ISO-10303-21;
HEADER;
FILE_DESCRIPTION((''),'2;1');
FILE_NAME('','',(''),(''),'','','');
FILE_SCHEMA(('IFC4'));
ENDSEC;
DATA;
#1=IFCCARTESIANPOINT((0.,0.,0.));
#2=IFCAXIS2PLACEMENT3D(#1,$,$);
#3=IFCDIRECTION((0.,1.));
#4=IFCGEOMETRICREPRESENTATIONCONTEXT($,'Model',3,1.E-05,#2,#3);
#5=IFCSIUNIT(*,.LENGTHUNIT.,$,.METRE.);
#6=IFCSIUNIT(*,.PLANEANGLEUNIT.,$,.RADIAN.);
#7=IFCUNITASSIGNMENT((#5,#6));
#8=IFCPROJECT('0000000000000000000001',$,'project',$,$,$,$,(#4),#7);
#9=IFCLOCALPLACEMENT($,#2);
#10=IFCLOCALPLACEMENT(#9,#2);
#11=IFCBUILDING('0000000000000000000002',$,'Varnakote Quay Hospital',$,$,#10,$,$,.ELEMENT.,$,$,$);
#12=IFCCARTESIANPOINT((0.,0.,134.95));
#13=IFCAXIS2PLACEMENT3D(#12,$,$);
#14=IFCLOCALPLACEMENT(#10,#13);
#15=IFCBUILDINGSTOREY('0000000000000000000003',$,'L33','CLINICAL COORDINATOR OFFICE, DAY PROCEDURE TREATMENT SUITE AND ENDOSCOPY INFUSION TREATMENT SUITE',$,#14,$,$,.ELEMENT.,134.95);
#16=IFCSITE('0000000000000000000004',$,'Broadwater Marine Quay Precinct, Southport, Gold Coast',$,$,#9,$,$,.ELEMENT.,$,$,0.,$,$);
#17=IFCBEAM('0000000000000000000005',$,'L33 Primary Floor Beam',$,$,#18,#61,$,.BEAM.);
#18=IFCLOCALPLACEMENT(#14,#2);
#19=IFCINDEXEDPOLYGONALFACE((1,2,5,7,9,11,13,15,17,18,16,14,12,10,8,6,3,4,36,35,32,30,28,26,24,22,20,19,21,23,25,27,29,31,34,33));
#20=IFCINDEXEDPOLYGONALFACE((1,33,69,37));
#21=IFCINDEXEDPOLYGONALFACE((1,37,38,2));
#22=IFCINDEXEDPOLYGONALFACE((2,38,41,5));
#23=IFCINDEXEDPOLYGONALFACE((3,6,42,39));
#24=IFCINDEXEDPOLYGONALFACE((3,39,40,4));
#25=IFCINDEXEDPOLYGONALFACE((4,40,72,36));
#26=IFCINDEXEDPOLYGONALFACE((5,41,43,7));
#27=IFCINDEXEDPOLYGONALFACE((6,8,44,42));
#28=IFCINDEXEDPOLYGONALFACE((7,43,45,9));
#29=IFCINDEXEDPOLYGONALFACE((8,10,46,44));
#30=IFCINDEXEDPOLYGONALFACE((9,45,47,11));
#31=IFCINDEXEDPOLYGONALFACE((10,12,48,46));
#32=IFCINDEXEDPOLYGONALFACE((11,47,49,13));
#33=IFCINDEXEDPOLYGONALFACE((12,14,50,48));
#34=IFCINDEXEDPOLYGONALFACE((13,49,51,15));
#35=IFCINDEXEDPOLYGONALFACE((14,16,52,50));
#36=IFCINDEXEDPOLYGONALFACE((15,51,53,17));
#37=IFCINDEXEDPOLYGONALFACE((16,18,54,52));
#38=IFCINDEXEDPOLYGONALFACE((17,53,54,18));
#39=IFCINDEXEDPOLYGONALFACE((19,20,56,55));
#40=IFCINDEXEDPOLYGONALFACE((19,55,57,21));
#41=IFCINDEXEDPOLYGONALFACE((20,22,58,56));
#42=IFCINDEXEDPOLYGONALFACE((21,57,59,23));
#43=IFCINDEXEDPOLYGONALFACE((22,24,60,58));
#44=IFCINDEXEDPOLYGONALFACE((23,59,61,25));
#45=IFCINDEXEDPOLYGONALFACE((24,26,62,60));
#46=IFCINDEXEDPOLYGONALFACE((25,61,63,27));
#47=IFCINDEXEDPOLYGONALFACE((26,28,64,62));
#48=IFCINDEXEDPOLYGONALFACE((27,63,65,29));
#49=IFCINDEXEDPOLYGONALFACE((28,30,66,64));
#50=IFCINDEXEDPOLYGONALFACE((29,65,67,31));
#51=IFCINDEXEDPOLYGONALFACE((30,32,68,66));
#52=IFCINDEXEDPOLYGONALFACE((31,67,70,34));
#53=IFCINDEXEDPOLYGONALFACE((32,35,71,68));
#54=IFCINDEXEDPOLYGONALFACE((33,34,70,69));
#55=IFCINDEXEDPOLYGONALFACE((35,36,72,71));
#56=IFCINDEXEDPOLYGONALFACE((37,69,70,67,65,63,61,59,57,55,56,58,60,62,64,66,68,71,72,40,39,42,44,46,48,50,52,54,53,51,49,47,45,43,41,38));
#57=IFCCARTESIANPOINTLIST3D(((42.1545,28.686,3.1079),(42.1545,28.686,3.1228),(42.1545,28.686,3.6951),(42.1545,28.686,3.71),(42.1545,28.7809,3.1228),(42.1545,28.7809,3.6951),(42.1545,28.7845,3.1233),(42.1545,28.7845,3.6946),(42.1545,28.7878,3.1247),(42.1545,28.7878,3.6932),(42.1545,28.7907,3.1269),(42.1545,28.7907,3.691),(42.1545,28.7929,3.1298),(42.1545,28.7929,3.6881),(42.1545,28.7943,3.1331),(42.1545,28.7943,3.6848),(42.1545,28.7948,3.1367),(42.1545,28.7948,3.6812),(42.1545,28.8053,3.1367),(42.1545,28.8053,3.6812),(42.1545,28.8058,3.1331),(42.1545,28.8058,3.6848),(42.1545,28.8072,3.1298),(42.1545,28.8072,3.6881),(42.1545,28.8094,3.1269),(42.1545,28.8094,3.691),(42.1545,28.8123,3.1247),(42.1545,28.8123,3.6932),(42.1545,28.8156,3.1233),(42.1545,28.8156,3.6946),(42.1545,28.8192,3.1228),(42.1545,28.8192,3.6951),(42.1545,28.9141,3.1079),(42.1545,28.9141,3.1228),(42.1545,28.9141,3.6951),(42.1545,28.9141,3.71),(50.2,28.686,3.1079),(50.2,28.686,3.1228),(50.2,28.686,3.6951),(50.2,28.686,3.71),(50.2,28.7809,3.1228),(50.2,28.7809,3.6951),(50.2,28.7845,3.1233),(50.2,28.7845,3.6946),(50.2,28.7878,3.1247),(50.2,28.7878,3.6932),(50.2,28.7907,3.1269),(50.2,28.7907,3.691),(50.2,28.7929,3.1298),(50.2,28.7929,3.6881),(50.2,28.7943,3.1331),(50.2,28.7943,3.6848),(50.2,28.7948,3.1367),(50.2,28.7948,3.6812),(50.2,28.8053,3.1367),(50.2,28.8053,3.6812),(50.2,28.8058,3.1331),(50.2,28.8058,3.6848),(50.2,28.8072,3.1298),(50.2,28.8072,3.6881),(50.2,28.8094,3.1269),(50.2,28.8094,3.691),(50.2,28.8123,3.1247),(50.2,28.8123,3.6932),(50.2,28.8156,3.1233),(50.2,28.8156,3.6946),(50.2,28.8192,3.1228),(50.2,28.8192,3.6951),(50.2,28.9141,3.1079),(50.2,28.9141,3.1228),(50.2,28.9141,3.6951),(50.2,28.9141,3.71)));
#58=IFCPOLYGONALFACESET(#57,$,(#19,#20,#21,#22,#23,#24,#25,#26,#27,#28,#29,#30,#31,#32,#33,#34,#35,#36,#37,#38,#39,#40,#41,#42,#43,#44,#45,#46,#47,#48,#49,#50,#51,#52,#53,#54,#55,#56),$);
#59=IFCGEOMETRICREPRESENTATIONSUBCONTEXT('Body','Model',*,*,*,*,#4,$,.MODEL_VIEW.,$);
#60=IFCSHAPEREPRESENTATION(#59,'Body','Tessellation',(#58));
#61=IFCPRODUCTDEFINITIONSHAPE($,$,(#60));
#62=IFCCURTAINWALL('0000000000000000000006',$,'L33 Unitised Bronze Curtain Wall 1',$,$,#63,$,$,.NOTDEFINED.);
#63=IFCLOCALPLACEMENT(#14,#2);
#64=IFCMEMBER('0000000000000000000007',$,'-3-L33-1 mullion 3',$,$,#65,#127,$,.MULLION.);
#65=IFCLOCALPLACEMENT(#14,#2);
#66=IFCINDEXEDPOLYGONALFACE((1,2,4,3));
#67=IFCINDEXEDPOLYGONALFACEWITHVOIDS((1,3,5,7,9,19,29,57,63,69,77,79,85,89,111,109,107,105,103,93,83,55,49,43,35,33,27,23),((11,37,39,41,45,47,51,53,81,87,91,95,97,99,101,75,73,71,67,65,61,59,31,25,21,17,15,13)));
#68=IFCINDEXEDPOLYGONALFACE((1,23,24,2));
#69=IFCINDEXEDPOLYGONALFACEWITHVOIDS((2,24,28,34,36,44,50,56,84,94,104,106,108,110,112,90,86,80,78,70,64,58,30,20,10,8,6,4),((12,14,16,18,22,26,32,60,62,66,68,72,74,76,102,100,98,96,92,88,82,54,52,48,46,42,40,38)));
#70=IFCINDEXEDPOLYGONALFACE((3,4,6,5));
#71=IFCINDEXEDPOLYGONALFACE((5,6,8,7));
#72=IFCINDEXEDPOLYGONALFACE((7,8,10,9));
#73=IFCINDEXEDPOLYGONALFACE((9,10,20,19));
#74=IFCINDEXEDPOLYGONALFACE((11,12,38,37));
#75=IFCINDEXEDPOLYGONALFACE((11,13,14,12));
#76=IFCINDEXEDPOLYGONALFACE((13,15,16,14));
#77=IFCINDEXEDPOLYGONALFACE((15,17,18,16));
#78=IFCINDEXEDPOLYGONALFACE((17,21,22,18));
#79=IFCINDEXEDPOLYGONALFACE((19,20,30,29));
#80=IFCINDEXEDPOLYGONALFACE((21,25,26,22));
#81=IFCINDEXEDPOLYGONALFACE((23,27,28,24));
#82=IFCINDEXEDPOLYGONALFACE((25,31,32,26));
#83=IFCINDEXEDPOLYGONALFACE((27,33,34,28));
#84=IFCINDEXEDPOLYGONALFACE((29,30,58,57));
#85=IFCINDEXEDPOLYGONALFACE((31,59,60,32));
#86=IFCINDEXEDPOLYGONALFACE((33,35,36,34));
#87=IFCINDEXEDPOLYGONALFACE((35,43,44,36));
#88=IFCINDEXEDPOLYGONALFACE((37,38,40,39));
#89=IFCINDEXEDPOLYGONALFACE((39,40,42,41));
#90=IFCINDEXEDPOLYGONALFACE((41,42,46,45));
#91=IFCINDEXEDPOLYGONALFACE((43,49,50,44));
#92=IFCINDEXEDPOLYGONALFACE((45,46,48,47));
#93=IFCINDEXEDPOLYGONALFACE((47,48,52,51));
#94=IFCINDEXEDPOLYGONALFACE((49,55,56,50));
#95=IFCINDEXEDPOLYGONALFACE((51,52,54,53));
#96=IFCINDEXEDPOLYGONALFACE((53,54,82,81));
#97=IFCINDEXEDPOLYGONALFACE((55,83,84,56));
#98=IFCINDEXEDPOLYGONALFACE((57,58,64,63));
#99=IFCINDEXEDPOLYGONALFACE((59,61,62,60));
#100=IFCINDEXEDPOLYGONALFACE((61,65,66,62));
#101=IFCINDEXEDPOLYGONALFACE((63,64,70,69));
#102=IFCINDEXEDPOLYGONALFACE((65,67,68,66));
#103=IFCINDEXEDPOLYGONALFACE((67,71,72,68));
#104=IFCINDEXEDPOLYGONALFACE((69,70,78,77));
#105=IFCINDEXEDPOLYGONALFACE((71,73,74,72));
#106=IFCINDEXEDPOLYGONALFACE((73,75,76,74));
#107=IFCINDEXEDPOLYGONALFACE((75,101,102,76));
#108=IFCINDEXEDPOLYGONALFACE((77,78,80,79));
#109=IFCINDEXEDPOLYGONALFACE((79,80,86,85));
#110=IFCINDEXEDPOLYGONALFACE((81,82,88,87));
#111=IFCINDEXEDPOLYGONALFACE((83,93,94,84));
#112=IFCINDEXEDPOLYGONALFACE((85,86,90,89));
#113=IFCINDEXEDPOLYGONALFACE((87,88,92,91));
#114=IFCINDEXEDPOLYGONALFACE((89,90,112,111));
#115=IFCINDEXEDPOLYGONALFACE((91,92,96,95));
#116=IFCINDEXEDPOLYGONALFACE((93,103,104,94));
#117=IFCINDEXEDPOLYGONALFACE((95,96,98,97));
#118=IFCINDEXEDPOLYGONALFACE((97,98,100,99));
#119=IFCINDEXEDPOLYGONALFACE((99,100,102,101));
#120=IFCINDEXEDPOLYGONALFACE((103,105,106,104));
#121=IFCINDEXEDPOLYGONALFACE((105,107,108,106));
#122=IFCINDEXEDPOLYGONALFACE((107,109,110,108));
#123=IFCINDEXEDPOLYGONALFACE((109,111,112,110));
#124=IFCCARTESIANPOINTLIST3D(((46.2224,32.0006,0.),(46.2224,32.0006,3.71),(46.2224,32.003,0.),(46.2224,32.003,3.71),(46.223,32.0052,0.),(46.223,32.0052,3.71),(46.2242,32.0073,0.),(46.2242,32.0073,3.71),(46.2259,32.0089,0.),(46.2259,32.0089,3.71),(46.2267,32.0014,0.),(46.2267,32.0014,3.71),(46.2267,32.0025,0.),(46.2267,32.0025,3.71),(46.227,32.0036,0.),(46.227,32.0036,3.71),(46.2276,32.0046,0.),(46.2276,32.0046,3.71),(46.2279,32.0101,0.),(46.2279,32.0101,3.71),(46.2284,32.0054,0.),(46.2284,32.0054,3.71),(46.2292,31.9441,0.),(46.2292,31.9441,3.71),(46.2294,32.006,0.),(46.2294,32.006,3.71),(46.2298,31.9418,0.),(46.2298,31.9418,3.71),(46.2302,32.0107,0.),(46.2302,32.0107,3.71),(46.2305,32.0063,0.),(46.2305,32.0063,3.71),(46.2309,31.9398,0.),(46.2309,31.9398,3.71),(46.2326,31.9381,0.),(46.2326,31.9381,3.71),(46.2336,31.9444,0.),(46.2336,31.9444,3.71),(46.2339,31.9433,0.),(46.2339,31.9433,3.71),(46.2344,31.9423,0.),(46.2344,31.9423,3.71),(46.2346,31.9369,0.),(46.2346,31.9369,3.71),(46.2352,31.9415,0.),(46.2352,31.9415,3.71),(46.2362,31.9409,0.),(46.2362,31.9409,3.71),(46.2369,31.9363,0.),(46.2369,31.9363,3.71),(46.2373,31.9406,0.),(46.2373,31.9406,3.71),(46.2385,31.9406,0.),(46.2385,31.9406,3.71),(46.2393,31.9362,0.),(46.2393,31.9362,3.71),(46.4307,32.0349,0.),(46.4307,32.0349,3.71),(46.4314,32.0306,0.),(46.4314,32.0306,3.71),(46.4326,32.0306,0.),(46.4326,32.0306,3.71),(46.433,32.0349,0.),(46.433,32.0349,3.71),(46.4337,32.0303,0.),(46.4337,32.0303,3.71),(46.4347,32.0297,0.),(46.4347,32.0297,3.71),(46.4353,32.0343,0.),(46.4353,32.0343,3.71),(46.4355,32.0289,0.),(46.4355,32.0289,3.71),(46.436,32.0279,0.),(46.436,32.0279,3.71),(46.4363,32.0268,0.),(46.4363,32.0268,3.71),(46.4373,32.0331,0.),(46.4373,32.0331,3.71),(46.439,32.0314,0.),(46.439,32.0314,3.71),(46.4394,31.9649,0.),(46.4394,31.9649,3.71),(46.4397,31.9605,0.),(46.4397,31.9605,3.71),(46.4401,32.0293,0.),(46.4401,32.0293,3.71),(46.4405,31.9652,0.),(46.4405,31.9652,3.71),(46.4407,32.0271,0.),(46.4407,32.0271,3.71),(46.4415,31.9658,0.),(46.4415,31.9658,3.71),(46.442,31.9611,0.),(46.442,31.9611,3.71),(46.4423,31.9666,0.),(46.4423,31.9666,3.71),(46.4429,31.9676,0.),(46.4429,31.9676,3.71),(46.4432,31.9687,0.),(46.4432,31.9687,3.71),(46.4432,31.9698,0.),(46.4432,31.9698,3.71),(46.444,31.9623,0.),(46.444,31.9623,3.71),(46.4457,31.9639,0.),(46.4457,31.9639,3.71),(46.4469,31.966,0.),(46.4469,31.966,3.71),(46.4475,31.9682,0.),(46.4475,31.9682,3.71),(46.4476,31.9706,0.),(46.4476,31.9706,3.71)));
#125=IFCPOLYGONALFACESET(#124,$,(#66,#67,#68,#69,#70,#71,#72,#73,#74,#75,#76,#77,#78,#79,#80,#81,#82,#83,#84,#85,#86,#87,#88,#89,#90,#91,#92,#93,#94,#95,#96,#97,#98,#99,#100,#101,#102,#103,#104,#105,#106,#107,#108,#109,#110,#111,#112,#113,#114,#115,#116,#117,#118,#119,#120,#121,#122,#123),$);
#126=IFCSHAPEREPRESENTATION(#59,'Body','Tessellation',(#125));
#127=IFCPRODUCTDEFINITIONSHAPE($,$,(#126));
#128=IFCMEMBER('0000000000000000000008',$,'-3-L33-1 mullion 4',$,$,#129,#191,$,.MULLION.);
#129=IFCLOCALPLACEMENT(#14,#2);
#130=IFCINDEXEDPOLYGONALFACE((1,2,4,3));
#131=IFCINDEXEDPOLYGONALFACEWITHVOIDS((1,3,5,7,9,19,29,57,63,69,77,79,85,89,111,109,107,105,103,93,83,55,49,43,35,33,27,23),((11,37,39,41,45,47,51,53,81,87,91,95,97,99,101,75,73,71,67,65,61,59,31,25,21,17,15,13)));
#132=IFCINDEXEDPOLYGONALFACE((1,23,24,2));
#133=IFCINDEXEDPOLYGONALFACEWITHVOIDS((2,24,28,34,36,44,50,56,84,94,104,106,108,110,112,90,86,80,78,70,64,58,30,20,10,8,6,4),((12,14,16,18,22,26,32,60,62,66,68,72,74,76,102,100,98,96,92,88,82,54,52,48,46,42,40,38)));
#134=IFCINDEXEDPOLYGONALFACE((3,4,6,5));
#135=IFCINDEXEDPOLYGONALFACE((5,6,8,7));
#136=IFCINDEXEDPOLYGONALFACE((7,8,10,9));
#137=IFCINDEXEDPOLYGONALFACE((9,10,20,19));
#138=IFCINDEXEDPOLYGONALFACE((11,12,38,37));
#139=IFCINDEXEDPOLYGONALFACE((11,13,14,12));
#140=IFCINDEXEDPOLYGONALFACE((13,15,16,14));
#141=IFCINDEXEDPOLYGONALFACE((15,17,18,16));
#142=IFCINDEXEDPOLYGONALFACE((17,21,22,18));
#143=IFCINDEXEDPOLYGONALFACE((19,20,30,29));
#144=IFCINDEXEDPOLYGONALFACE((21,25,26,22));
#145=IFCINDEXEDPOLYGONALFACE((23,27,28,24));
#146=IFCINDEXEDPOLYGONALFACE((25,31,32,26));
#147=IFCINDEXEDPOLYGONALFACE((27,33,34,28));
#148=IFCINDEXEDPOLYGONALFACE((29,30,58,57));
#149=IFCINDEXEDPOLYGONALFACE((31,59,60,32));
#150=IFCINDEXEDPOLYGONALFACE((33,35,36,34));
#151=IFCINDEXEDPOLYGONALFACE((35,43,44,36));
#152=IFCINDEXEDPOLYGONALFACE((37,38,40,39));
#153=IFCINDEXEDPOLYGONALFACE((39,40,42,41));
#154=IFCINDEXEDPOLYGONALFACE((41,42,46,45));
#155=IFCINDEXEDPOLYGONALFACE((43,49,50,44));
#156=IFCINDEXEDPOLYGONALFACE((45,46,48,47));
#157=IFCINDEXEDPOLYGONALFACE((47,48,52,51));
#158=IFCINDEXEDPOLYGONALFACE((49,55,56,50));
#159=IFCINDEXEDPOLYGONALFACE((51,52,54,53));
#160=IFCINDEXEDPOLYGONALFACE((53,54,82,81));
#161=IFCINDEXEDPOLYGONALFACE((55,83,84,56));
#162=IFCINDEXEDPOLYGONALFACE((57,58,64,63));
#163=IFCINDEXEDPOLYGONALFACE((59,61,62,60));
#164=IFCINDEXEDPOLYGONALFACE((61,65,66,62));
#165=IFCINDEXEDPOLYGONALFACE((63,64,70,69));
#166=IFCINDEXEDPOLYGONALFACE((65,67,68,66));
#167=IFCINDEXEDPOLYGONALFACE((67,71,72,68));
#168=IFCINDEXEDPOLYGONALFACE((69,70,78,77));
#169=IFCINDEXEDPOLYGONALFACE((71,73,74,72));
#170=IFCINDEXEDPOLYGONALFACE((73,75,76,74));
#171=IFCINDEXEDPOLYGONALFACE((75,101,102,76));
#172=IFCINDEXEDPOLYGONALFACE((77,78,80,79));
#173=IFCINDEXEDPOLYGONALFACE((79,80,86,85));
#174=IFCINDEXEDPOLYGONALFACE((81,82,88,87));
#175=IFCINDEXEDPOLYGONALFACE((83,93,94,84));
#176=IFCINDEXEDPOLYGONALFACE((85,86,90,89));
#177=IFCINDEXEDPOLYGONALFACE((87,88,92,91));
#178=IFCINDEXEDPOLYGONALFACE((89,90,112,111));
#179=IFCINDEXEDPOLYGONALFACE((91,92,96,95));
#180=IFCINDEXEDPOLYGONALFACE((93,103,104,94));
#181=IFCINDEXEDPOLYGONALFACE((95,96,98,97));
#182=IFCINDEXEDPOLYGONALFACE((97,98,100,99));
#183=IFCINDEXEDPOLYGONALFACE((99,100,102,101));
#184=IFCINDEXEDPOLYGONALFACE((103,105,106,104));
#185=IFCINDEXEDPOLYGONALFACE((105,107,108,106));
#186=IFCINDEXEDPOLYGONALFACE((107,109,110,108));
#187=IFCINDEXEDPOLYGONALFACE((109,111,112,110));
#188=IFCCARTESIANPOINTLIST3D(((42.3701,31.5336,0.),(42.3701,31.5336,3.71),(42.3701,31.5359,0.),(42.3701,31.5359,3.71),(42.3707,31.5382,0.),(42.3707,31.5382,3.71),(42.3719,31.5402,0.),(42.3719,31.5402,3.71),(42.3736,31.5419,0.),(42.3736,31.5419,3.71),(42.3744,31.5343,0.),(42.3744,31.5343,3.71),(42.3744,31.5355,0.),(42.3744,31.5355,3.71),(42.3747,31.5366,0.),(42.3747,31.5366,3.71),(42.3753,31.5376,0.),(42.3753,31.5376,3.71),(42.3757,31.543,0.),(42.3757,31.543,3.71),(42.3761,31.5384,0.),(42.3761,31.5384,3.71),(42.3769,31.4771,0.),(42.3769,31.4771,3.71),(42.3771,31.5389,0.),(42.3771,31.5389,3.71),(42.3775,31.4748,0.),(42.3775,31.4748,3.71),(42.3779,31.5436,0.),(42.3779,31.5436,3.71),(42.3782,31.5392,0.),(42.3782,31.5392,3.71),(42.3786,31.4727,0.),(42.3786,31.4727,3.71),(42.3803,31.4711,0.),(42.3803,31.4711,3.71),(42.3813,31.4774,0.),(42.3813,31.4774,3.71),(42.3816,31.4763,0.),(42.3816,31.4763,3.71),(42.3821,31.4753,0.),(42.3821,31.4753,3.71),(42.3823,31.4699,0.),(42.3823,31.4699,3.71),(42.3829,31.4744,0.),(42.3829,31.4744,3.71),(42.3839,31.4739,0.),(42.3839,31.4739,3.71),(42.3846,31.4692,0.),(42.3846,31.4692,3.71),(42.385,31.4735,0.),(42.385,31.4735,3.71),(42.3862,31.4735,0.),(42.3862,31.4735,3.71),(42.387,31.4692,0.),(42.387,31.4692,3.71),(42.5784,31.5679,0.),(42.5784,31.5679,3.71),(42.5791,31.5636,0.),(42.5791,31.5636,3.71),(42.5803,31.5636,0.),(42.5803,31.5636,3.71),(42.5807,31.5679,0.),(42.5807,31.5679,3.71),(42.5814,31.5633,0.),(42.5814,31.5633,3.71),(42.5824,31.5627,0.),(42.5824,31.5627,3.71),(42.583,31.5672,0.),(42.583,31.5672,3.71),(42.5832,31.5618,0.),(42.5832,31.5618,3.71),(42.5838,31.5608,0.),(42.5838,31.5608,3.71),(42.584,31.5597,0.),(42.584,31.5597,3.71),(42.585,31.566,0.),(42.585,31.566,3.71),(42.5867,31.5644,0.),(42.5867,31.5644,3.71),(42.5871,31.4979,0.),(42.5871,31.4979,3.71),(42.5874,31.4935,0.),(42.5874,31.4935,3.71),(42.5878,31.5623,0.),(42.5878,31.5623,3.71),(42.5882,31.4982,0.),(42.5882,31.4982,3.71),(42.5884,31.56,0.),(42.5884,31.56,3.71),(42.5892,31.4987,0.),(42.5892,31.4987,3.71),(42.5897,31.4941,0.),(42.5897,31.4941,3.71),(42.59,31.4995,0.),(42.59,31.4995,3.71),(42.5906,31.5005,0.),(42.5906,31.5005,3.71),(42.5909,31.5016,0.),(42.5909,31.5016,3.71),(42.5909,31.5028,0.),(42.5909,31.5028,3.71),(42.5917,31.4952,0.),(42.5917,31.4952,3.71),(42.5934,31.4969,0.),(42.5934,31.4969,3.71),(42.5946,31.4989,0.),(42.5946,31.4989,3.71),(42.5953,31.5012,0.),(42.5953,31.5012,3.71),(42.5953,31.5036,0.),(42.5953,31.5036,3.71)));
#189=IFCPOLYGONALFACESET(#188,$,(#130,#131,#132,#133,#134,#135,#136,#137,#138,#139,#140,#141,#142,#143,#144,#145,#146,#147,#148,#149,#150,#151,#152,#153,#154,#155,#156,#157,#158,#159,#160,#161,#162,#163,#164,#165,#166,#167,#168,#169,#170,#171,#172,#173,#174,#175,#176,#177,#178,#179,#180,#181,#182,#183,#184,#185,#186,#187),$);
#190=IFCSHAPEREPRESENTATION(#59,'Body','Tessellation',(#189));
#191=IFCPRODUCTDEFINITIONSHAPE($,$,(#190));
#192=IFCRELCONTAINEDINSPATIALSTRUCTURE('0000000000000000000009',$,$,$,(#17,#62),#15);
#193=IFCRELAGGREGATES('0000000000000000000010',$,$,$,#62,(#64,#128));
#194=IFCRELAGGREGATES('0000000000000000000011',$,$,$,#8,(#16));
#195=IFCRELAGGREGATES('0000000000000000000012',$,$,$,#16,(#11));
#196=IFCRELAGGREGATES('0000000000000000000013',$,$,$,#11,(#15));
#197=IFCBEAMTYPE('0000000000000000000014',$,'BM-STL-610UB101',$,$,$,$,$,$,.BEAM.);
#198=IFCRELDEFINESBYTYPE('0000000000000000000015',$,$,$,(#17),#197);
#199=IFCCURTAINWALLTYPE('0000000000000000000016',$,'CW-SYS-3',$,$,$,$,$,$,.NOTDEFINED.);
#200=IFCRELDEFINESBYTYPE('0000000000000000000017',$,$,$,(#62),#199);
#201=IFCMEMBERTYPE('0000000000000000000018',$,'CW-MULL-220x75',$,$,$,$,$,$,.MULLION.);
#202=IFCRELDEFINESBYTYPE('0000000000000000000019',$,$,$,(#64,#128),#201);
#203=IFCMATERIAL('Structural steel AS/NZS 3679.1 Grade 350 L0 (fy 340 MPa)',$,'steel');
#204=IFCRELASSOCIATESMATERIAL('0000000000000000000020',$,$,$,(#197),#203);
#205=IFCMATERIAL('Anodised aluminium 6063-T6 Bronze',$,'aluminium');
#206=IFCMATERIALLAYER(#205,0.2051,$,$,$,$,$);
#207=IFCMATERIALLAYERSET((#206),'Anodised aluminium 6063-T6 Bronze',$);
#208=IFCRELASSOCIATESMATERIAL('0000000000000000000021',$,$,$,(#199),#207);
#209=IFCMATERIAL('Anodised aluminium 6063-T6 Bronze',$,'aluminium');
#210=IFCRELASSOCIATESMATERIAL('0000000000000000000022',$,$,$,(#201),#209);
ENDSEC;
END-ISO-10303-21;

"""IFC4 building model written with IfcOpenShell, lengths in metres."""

from ifc_helpers import new_model, si_unit, direction, frame, origin, origin_2d, place, context, subcontext, project, spatial, hollow_rectangle, i_section, extrude, material, layer, layer_set, material_profile, profile_set, type_object, element, aggregate, save


model = new_model("IFC4")

# Units and contexts
model_context = context("Model", 3, precision=1e-05, world=origin(), true_north=direction((0.0, 1.0)))
body_context = subcontext(model_context, "Body", "Model", "MODEL_VIEW")
ifc_project = project(units=[si_unit("LENGTHUNIT", "METRE"), si_unit("PLANEANGLEUNIT", "RADIAN")], contexts=[model_context])

# Site, building, storey
site_placement = place(None, origin())
site = spatial("IfcSite", under=ifc_project, at=site_placement, Name="Broadwater Marine Quay Precinct, Southport, Gold Coast", CompositionType="ELEMENT", RefElevation=0.0)
building_placement = place(site_placement, origin())
building = spatial("IfcBuilding", under=site, at=building_placement, Name="Varnakote Quay Hospital", CompositionType="ELEMENT")
storey_placement = place(building_placement, frame((0.0, 0.0, 134.95)))
storey = spatial("IfcBuildingStorey", under=building, at=storey_placement, Name="L33", Description="CLINICAL COORDINATOR OFFICE, DAY PROCEDURE TREATMENT SUITE AND ENDOSCOPY INFUSION TREATMENT SUITE", CompositionType="ELEMENT", Elevation=134.95)

# Beam
ifc_material_1 = material(Name="Structural steel AS/NZS 3679.1 Grade 350 L0 (fy 340 MPa)", Category="steel")
ifc_material_profile_1 = material_profile(ifc_material_1, i_section(OverallWidth=0.228, OverallDepth=0.6021, WebThickness=0.0105, FlangeThickness=0.0149, FilletRadius=0.0139, at=origin_2d()), Name="610UB101")
ifc_profile_set_1 = profile_set([ifc_material_profile_1], Name="Structural steel AS/NZS 3679.1 Grade 350 L0 (fy 340 MPa)")
beam_type_1 = type_object("IfcBeamType", Name="BM-STL-610UB101", PredefinedType="BEAM", material=ifc_profile_set_1)
beam_1_placement = place(storey_placement, frame((42.1545, 28.8, 3.4089), z_axis=(1.0, 0.0, 0.0), x_axis=(0.0, 1.0, 0.0)))
element("IfcBeam", 1, at=beam_1_placement, inside=storey, type_object=beam_type_1, Name="L33 Primary Floor Beam", PredefinedType="BEAM", context=body_context, shape_type="SweptSolid", body=[
    extrude(i_section(OverallWidth=0.228, OverallDepth=0.6021, WebThickness=0.0105, FlangeThickness=0.0149, FilletRadius=0.0139, at=origin_2d()), origin(), (0.0, 0.0, 1.0), 8.0454),
])

# Curtain wall, members
ifc_material_2 = material(Name="Anodised aluminium 6063-T6 Bronze", Category="aluminium")
ifc_layer_1 = layer(ifc_material_2, 0.2051)
ifc_layer_set_1 = layer_set([ifc_layer_1], Name="Anodised aluminium 6063-T6 Bronze")
curtain_wall_type = type_object("IfcCurtainWallType", Name="CW-SYS-3", PredefinedType="NOTDEFINED", material=ifc_layer_set_1)
curtain_wall_placement = place(storey_placement, origin())
curtain_wall = element("IfcCurtainWall", 2, at=curtain_wall_placement, inside=storey, type_object=curtain_wall_type, Name="L33 Unitised Bronze Curtain Wall 1", PredefinedType="NOTDEFINED")
ifc_material_3 = material(Name="Anodised aluminium 6063-T6 Bronze", Category="aluminium")
ifc_material_profile_2 = material_profile(ifc_material_3, hollow_rectangle(XDim=0.075, YDim=0.22, WallThickness=0.0044, InnerFilletRadius=0.0044, OuterFilletRadius=0.009, at=origin_2d()), Name="CW-MULL-220x75")
ifc_profile_set_2 = profile_set([ifc_material_profile_2], Name="Anodised aluminium 6063-T6 Bronze")
member_type_1 = type_object("IfcMemberType", Name="CW-MULL-220x75", PredefinedType="MULLION", material=ifc_profile_set_2)
member_1_placement = place(storey_placement, frame((46.335, 31.9856, 0.0), z_axis=(0.0, 0.0, 1.0), x_axis=(0.120327, -0.992734, 0.0)))
member_1 = element("IfcMember", 3, at=member_1_placement, type_object=member_type_1, Name="-3-L33-1 mullion 3", PredefinedType="MULLION", context=body_context, shape_type="SweptSolid", body=[
    extrude(hollow_rectangle(XDim=0.075, YDim=0.22, WallThickness=0.0044, InnerFilletRadius=0.0044, OuterFilletRadius=0.009, at=origin_2d()), origin(), (0.0, 0.0, 1.0), 3.71),
])
member_2_placement = place(storey_placement, frame((42.4827, 31.5186, 0.0), z_axis=(0.0, 0.0, 1.0), x_axis=(0.120327, -0.992734, 0.0)))
member_2 = element("IfcMember", 4, at=member_2_placement, type_object=member_type_1, Name="-3-L33-1 mullion 4", PredefinedType="MULLION", context=body_context, shape_type="SweptSolid", body=[
    extrude(hollow_rectangle(XDim=0.075, YDim=0.22, WallThickness=0.0044, InnerFilletRadius=0.0044, OuterFilletRadius=0.009, at=origin_2d()), origin(), (0.0, 0.0, 1.0), 3.71),
])

aggregate(curtain_wall, [member_1, member_2])

save(model, "model.ifc")
